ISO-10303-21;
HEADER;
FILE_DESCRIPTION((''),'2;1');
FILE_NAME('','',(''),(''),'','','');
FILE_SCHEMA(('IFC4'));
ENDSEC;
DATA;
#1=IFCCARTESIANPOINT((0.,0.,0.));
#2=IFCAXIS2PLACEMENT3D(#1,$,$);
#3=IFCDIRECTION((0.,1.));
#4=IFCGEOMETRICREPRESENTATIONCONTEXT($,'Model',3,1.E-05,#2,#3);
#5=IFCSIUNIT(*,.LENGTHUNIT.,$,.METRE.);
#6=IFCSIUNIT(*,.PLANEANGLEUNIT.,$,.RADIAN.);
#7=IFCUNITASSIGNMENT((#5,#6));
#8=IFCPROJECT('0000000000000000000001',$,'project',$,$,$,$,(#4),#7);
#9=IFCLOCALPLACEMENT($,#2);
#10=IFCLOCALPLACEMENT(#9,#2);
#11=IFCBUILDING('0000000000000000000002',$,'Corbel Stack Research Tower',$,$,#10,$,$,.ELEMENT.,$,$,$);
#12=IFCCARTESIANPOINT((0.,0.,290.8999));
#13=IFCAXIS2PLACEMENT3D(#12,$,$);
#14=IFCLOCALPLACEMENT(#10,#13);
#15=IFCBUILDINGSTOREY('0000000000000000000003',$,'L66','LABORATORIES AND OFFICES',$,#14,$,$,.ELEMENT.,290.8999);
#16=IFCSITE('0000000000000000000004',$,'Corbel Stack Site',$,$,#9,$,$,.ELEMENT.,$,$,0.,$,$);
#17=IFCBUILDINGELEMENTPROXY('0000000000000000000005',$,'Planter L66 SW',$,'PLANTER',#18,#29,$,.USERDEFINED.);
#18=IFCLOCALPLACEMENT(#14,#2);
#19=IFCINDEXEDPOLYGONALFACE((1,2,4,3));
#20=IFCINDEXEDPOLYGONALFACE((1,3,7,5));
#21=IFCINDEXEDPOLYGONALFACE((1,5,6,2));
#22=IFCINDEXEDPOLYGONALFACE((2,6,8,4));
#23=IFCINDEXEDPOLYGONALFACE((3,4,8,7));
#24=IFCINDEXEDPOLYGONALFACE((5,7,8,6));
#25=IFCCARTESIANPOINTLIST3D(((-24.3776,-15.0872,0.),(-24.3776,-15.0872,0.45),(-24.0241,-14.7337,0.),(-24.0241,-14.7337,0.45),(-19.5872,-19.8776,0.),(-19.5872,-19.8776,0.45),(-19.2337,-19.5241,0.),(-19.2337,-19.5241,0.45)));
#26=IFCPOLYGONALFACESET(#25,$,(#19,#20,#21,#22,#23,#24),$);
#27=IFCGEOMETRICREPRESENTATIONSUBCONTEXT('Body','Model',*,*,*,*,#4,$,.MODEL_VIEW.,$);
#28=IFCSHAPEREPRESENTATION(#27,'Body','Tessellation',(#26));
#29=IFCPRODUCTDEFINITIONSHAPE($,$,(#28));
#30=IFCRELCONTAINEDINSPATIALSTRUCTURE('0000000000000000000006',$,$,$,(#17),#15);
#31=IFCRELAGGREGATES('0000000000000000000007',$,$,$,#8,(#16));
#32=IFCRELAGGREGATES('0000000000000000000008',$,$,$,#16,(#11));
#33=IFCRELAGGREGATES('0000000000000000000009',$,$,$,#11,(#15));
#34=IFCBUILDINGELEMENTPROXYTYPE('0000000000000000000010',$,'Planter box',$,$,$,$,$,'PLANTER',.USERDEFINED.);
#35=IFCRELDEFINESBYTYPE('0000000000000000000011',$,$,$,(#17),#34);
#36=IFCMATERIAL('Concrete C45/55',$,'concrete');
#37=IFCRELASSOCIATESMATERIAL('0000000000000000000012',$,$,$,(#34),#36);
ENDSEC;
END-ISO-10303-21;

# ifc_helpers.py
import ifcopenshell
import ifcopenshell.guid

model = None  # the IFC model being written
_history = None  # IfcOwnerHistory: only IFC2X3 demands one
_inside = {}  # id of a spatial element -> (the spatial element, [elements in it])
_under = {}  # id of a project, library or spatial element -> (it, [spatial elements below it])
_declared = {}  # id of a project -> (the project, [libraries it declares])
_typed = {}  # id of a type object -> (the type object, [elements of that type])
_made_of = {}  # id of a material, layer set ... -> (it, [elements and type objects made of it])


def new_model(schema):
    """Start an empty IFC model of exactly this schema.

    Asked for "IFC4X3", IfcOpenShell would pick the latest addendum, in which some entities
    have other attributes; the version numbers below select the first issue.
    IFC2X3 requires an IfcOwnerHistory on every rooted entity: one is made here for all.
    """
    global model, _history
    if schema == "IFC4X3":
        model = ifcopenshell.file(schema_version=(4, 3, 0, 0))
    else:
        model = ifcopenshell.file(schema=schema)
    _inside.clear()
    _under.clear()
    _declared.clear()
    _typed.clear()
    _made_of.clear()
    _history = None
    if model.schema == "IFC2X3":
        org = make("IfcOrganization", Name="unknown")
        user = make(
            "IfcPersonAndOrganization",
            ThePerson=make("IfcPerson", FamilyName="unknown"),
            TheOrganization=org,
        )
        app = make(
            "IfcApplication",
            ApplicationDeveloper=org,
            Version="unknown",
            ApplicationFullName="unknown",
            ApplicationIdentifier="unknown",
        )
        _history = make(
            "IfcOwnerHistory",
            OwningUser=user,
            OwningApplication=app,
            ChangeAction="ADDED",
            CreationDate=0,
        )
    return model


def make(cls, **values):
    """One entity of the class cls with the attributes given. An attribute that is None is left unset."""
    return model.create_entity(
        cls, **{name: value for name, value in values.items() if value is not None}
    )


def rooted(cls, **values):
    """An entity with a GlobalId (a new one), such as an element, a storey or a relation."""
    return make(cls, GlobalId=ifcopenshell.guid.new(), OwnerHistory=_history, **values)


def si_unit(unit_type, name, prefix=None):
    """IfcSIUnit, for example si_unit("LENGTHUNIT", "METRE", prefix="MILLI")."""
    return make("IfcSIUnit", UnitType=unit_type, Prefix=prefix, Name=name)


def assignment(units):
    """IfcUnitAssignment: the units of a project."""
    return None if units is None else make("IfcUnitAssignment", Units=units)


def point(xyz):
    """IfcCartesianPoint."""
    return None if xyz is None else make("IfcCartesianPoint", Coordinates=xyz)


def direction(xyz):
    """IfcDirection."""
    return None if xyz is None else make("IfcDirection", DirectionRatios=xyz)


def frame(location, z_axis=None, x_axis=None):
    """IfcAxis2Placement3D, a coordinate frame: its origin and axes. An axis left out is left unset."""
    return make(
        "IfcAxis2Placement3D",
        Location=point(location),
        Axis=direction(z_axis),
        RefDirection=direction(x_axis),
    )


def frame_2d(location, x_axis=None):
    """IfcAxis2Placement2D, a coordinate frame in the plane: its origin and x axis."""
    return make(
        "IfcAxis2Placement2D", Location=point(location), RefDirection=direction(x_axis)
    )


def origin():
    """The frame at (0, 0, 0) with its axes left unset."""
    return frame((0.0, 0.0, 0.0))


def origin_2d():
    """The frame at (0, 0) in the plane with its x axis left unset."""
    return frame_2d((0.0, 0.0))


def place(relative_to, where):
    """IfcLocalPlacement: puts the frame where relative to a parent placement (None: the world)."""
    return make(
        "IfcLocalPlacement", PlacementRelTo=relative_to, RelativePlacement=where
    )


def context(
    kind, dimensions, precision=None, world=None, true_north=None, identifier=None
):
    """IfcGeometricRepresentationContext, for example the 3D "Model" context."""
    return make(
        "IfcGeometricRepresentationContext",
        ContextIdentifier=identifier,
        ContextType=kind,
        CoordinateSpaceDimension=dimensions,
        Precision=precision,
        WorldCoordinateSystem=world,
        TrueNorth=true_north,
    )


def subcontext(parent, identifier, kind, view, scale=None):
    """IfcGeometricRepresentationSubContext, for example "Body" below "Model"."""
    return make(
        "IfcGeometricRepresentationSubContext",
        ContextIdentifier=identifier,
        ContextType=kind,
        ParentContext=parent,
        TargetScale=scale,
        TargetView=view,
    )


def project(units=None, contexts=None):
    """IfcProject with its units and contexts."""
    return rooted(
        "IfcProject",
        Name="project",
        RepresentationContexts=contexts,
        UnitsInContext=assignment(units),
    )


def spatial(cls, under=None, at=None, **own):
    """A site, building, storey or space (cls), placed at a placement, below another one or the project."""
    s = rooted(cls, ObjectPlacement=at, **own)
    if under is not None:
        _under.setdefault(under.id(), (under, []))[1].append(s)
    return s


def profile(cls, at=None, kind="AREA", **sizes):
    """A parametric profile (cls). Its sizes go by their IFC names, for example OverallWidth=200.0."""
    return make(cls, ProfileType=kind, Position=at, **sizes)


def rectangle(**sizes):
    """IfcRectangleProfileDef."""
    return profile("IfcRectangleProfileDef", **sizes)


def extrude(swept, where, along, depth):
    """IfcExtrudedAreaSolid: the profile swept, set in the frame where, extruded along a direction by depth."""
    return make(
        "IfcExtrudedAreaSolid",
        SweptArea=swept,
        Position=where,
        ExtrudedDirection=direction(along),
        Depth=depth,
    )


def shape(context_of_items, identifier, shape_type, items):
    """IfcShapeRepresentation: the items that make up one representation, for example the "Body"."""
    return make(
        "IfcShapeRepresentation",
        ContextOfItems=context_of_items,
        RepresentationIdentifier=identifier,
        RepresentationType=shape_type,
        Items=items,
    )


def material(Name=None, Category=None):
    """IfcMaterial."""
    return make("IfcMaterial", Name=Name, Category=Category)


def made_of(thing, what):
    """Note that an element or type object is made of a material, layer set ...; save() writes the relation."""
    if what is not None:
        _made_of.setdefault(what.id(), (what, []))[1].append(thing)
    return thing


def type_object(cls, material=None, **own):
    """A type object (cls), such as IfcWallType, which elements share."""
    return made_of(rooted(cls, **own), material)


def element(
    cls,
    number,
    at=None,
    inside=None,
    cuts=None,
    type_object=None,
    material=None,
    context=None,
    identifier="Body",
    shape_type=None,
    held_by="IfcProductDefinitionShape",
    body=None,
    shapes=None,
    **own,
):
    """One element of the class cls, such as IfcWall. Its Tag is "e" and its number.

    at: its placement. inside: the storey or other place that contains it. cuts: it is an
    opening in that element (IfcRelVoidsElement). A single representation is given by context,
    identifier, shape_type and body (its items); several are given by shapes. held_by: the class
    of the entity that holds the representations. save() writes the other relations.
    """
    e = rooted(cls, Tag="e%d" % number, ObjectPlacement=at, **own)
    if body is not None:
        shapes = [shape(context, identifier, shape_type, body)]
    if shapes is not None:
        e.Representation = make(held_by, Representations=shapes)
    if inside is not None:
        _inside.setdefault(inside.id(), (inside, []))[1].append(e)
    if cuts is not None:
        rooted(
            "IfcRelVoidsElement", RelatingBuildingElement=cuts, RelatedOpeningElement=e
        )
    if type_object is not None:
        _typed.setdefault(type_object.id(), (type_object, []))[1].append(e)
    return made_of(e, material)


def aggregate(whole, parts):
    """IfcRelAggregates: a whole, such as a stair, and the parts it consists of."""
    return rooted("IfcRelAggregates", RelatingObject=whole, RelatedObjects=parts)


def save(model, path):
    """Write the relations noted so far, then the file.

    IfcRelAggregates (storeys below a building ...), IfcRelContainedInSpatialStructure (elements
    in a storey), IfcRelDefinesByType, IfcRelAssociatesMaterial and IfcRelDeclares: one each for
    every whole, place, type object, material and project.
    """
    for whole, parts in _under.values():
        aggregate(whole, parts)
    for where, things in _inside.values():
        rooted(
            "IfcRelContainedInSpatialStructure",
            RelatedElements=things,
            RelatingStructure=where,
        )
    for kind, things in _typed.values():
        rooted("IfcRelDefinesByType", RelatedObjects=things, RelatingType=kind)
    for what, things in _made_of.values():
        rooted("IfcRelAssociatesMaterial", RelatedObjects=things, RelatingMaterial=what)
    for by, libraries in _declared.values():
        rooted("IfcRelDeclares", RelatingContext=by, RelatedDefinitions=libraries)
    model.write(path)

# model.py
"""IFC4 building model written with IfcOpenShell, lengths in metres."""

from ifc_helpers import new_model, si_unit, direction, frame, origin, origin_2d, place, context, subcontext, project, spatial, rectangle, extrude, material, type_object, element, save


model = new_model("IFC4")

# Units and contexts
model_context = context("Model", 3, precision=1e-05, world=origin(), true_north=direction((0.0, 1.0)))
body_context = subcontext(model_context, "Body", "Model", "MODEL_VIEW")
ifc_project = project(units=[si_unit("LENGTHUNIT", "METRE"), si_unit("PLANEANGLEUNIT", "RADIAN")], contexts=[model_context])

# Site, building, storey
site_placement = place(None, origin())
site = spatial("IfcSite", under=ifc_project, at=site_placement, Name="Corbel Stack Site", CompositionType="ELEMENT", RefElevation=0.0)
building_placement = place(site_placement, origin())
building = spatial("IfcBuilding", under=site, at=building_placement, Name="Corbel Stack Research Tower", CompositionType="ELEMENT")
storey_placement = place(building_placement, frame((0.0, 0.0, 290.8999)))
storey = spatial("IfcBuildingStorey", under=building, at=storey_placement, Name="L66", Description="LABORATORIES AND OFFICES", CompositionType="ELEMENT", Elevation=290.8999)

# Building element proxy
ifc_material_1 = material(Name="Concrete C45/55", Category="concrete")
building_element_proxy_type = type_object("IfcBuildingElementProxyType", Name="Planter box", ElementType="PLANTER", PredefinedType="USERDEFINED", material=ifc_material_1)
proxy_placement = place(storey_placement, frame((-21.8057, -17.3057, 0.0), z_axis=(0.0, 0.0, 1.0), x_axis=(0.707107, -0.707107, 0.0)))
element("IfcBuildingElementProxy", 1, at=proxy_placement, inside=storey, type_object=building_element_proxy_type, Name="Planter L66 SW", ObjectType="PLANTER", PredefinedType="USERDEFINED", context=body_context, shape_type="SweptSolid", body=[
    extrude(rectangle(XDim=6.7747, YDim=0.5, at=origin_2d()), origin(), (0.0, 0.0, 1.0), 0.45),
])

save(model, "model.ifc")
